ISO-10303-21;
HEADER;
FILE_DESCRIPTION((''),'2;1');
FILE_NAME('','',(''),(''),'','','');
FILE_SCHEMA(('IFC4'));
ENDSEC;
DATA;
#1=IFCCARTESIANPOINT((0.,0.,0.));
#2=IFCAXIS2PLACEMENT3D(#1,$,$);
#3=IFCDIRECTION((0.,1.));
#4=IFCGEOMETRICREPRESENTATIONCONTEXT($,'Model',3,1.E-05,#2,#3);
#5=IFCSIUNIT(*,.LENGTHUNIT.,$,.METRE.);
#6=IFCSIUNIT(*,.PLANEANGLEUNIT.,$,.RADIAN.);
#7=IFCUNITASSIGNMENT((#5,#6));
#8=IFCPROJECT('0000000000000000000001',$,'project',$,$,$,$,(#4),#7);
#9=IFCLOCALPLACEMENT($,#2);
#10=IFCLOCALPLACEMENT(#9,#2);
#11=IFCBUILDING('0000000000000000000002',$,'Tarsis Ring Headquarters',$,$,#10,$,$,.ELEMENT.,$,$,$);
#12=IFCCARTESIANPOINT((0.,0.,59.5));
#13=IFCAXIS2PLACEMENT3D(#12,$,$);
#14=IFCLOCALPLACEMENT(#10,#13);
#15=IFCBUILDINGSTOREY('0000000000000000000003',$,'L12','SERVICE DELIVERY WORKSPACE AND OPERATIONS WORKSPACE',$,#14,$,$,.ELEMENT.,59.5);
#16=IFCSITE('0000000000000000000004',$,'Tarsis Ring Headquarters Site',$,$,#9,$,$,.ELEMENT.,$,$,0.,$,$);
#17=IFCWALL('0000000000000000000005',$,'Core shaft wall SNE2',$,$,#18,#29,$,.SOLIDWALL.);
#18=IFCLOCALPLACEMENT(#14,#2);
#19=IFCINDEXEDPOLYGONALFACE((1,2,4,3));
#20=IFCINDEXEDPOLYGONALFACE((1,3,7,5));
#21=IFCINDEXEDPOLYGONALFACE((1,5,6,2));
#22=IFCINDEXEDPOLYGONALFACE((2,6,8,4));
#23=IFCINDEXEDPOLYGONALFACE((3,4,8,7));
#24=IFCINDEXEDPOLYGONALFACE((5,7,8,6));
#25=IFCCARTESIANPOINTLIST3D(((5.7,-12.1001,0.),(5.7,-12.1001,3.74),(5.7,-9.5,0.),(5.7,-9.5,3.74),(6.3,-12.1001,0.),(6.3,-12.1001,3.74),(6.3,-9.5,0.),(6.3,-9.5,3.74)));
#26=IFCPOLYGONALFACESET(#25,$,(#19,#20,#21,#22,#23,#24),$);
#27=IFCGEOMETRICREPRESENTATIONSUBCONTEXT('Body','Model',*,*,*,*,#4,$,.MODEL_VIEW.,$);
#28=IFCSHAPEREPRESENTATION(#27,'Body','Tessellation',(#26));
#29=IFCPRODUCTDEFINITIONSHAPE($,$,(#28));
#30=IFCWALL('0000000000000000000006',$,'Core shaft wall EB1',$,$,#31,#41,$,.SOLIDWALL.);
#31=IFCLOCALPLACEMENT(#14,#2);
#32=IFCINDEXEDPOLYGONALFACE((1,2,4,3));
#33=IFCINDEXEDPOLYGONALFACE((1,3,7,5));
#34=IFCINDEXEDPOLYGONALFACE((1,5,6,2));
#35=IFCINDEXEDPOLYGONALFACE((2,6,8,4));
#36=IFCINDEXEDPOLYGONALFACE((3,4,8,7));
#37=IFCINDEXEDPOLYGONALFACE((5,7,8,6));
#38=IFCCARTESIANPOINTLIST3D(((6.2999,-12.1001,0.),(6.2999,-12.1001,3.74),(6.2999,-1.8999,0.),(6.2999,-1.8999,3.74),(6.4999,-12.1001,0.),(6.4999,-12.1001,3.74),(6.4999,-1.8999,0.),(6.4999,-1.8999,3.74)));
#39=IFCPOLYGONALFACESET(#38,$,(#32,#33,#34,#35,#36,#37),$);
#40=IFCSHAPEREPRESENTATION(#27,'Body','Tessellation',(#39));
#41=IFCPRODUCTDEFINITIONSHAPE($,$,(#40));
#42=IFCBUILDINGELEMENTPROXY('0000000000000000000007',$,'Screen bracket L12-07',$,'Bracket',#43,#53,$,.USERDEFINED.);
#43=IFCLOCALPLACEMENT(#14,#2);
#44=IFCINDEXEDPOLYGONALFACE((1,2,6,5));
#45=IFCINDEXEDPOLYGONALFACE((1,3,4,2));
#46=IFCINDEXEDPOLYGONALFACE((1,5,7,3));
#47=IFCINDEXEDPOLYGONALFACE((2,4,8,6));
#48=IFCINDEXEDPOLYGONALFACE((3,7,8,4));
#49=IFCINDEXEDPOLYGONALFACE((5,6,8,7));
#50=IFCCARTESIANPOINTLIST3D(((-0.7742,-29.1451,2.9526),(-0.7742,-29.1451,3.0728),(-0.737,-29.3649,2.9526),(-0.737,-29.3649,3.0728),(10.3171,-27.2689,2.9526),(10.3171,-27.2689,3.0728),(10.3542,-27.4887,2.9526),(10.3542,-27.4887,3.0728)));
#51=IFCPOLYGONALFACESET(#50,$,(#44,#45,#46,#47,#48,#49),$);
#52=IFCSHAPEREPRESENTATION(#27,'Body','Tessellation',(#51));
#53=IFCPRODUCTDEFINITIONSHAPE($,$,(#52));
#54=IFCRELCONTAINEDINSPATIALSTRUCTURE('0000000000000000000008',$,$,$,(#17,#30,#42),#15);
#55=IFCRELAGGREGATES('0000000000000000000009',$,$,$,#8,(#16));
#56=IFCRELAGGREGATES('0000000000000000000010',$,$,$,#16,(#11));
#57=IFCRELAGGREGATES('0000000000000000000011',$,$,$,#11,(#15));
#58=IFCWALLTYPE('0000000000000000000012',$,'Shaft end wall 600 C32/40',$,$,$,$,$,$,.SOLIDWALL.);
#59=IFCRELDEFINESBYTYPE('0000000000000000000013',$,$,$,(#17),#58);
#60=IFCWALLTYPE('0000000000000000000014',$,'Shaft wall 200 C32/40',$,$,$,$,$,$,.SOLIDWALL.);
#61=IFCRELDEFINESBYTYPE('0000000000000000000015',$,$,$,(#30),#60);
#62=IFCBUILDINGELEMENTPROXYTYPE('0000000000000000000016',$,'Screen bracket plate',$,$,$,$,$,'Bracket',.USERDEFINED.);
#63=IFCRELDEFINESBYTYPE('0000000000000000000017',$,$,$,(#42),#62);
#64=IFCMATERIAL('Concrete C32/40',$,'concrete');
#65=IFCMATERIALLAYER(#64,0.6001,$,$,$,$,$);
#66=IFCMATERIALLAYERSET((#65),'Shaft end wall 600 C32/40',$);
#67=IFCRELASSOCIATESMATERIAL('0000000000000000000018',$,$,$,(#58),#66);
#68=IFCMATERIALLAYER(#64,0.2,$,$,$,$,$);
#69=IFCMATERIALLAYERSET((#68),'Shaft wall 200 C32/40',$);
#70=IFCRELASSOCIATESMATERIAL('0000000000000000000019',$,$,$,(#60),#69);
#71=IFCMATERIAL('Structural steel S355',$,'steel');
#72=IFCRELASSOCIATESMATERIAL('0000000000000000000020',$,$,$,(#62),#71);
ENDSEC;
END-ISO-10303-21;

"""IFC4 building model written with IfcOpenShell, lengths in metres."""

from ifc_helpers import new_model, si_unit, direction, frame, frame_2d, origin, origin_2d, place, context, subcontext, project, spatial, rectangle, extrude, material, layer, layer_set, type_object, element, save


model = new_model("IFC4")

# Units and contexts
model_context = context("Model", 3, precision=1e-05, world=origin(), true_north=direction((0.0, 1.0)))
body_context = subcontext(model_context, "Body", "Model", "MODEL_VIEW")
ifc_project = project(units=[si_unit("LENGTHUNIT", "METRE"), si_unit("PLANEANGLEUNIT", "RADIAN")], contexts=[model_context])

# Site, building, storey
site_placement = place(None, origin())
site = spatial("IfcSite", under=ifc_project, at=site_placement, Name="Tarsis Ring Headquarters Site", CompositionType="ELEMENT", RefElevation=0.0)
building_placement = place(site_placement, origin())
building = spatial("IfcBuilding", under=site, at=building_placement, Name="Tarsis Ring Headquarters", CompositionType="ELEMENT")
storey_placement = place(building_placement, frame((0.0, 0.0, 59.5)))
storey = spatial("IfcBuildingStorey", under=building, at=storey_placement, Name="L12", Description="SERVICE DELIVERY WORKSPACE AND OPERATIONS WORKSPACE", CompositionType="ELEMENT", Elevation=59.5)

# Shared definitions
ifc_material_1 = material(Name="Structural steel S355", Category="steel")

# Walls
ifc_material_2 = material(Name="Concrete C32/40", Category="concrete")
ifc_layer_1 = layer(ifc_material_2, 0.6001)
ifc_layer_set_1 = layer_set([ifc_layer_1], Name="Shaft end wall 600 C32/40")
wall_type_1 = type_object("IfcWallType", Name="Shaft end wall 600 C32/40", PredefinedType="SOLIDWALL", material=ifc_layer_set_1)
wall_1_placement = place(storey_placement, frame((6.0, -12.1001, 0.0), z_axis=(0.0, 0.0, 1.0), x_axis=(0.0, 1.0, 0.0)))
element("IfcWall", 1, at=wall_1_placement, inside=storey, type_object=wall_type_1, Name="Core shaft wall SNE2", PredefinedType="SOLIDWALL", context=body_context, shape_type="SweptSolid", body=[
    extrude(rectangle(XDim=2.6001, YDim=0.6001, at=frame_2d((1.3, 0.0))), origin(), (0.0, 0.0, 1.0), 3.74),
])
ifc_layer_2 = layer(ifc_material_2, 0.2)
ifc_layer_set_2 = layer_set([ifc_layer_2], Name="Shaft wall 200 C32/40")
wall_type_2 = type_object("IfcWallType", Name="Shaft wall 200 C32/40", PredefinedType="SOLIDWALL", material=ifc_layer_set_2)
wall_2_placement = place(storey_placement, frame((6.3999, -12.1001, 0.0), z_axis=(0.0, 0.0, 1.0), x_axis=(0.0, 1.0, 0.0)))
element("IfcWall", 2, at=wall_2_placement, inside=storey, type_object=wall_type_2, Name="Core shaft wall EB1", PredefinedType="SOLIDWALL", context=body_context, shape_type="SweptSolid", body=[
    extrude(rectangle(XDim=10.2002, YDim=0.2, at=frame_2d((5.1001, 0.0))), origin(), (0.0, 0.0, 1.0), 3.74),
])

# Building element proxy
building_element_proxy_type = type_object("IfcBuildingElementProxyType", Name="Screen bracket plate", ElementType="Bracket", PredefinedType="USERDEFINED", material=ifc_material_1)
proxy_placement = place(storey_placement, frame((4.79, -28.3169, 2.9526), z_axis=(0.0, 0.0, 1.0), x_axis=(0.985992, 0.166791, 0.0)))
element("IfcBuildingElementProxy", 3, at=proxy_placement, inside=storey, type_object=building_element_proxy_type, Name="Screen bracket L12-07", ObjectType="Bracket", PredefinedType="USERDEFINED", context=body_context, shape_type="SweptSolid", body=[
    extrude(rectangle(XDim=11.2488, YDim=0.2229, at=origin_2d()), origin(), (0.0, 0.0, 1.0), 0.1201),
])

save(model, "model.ifc")
